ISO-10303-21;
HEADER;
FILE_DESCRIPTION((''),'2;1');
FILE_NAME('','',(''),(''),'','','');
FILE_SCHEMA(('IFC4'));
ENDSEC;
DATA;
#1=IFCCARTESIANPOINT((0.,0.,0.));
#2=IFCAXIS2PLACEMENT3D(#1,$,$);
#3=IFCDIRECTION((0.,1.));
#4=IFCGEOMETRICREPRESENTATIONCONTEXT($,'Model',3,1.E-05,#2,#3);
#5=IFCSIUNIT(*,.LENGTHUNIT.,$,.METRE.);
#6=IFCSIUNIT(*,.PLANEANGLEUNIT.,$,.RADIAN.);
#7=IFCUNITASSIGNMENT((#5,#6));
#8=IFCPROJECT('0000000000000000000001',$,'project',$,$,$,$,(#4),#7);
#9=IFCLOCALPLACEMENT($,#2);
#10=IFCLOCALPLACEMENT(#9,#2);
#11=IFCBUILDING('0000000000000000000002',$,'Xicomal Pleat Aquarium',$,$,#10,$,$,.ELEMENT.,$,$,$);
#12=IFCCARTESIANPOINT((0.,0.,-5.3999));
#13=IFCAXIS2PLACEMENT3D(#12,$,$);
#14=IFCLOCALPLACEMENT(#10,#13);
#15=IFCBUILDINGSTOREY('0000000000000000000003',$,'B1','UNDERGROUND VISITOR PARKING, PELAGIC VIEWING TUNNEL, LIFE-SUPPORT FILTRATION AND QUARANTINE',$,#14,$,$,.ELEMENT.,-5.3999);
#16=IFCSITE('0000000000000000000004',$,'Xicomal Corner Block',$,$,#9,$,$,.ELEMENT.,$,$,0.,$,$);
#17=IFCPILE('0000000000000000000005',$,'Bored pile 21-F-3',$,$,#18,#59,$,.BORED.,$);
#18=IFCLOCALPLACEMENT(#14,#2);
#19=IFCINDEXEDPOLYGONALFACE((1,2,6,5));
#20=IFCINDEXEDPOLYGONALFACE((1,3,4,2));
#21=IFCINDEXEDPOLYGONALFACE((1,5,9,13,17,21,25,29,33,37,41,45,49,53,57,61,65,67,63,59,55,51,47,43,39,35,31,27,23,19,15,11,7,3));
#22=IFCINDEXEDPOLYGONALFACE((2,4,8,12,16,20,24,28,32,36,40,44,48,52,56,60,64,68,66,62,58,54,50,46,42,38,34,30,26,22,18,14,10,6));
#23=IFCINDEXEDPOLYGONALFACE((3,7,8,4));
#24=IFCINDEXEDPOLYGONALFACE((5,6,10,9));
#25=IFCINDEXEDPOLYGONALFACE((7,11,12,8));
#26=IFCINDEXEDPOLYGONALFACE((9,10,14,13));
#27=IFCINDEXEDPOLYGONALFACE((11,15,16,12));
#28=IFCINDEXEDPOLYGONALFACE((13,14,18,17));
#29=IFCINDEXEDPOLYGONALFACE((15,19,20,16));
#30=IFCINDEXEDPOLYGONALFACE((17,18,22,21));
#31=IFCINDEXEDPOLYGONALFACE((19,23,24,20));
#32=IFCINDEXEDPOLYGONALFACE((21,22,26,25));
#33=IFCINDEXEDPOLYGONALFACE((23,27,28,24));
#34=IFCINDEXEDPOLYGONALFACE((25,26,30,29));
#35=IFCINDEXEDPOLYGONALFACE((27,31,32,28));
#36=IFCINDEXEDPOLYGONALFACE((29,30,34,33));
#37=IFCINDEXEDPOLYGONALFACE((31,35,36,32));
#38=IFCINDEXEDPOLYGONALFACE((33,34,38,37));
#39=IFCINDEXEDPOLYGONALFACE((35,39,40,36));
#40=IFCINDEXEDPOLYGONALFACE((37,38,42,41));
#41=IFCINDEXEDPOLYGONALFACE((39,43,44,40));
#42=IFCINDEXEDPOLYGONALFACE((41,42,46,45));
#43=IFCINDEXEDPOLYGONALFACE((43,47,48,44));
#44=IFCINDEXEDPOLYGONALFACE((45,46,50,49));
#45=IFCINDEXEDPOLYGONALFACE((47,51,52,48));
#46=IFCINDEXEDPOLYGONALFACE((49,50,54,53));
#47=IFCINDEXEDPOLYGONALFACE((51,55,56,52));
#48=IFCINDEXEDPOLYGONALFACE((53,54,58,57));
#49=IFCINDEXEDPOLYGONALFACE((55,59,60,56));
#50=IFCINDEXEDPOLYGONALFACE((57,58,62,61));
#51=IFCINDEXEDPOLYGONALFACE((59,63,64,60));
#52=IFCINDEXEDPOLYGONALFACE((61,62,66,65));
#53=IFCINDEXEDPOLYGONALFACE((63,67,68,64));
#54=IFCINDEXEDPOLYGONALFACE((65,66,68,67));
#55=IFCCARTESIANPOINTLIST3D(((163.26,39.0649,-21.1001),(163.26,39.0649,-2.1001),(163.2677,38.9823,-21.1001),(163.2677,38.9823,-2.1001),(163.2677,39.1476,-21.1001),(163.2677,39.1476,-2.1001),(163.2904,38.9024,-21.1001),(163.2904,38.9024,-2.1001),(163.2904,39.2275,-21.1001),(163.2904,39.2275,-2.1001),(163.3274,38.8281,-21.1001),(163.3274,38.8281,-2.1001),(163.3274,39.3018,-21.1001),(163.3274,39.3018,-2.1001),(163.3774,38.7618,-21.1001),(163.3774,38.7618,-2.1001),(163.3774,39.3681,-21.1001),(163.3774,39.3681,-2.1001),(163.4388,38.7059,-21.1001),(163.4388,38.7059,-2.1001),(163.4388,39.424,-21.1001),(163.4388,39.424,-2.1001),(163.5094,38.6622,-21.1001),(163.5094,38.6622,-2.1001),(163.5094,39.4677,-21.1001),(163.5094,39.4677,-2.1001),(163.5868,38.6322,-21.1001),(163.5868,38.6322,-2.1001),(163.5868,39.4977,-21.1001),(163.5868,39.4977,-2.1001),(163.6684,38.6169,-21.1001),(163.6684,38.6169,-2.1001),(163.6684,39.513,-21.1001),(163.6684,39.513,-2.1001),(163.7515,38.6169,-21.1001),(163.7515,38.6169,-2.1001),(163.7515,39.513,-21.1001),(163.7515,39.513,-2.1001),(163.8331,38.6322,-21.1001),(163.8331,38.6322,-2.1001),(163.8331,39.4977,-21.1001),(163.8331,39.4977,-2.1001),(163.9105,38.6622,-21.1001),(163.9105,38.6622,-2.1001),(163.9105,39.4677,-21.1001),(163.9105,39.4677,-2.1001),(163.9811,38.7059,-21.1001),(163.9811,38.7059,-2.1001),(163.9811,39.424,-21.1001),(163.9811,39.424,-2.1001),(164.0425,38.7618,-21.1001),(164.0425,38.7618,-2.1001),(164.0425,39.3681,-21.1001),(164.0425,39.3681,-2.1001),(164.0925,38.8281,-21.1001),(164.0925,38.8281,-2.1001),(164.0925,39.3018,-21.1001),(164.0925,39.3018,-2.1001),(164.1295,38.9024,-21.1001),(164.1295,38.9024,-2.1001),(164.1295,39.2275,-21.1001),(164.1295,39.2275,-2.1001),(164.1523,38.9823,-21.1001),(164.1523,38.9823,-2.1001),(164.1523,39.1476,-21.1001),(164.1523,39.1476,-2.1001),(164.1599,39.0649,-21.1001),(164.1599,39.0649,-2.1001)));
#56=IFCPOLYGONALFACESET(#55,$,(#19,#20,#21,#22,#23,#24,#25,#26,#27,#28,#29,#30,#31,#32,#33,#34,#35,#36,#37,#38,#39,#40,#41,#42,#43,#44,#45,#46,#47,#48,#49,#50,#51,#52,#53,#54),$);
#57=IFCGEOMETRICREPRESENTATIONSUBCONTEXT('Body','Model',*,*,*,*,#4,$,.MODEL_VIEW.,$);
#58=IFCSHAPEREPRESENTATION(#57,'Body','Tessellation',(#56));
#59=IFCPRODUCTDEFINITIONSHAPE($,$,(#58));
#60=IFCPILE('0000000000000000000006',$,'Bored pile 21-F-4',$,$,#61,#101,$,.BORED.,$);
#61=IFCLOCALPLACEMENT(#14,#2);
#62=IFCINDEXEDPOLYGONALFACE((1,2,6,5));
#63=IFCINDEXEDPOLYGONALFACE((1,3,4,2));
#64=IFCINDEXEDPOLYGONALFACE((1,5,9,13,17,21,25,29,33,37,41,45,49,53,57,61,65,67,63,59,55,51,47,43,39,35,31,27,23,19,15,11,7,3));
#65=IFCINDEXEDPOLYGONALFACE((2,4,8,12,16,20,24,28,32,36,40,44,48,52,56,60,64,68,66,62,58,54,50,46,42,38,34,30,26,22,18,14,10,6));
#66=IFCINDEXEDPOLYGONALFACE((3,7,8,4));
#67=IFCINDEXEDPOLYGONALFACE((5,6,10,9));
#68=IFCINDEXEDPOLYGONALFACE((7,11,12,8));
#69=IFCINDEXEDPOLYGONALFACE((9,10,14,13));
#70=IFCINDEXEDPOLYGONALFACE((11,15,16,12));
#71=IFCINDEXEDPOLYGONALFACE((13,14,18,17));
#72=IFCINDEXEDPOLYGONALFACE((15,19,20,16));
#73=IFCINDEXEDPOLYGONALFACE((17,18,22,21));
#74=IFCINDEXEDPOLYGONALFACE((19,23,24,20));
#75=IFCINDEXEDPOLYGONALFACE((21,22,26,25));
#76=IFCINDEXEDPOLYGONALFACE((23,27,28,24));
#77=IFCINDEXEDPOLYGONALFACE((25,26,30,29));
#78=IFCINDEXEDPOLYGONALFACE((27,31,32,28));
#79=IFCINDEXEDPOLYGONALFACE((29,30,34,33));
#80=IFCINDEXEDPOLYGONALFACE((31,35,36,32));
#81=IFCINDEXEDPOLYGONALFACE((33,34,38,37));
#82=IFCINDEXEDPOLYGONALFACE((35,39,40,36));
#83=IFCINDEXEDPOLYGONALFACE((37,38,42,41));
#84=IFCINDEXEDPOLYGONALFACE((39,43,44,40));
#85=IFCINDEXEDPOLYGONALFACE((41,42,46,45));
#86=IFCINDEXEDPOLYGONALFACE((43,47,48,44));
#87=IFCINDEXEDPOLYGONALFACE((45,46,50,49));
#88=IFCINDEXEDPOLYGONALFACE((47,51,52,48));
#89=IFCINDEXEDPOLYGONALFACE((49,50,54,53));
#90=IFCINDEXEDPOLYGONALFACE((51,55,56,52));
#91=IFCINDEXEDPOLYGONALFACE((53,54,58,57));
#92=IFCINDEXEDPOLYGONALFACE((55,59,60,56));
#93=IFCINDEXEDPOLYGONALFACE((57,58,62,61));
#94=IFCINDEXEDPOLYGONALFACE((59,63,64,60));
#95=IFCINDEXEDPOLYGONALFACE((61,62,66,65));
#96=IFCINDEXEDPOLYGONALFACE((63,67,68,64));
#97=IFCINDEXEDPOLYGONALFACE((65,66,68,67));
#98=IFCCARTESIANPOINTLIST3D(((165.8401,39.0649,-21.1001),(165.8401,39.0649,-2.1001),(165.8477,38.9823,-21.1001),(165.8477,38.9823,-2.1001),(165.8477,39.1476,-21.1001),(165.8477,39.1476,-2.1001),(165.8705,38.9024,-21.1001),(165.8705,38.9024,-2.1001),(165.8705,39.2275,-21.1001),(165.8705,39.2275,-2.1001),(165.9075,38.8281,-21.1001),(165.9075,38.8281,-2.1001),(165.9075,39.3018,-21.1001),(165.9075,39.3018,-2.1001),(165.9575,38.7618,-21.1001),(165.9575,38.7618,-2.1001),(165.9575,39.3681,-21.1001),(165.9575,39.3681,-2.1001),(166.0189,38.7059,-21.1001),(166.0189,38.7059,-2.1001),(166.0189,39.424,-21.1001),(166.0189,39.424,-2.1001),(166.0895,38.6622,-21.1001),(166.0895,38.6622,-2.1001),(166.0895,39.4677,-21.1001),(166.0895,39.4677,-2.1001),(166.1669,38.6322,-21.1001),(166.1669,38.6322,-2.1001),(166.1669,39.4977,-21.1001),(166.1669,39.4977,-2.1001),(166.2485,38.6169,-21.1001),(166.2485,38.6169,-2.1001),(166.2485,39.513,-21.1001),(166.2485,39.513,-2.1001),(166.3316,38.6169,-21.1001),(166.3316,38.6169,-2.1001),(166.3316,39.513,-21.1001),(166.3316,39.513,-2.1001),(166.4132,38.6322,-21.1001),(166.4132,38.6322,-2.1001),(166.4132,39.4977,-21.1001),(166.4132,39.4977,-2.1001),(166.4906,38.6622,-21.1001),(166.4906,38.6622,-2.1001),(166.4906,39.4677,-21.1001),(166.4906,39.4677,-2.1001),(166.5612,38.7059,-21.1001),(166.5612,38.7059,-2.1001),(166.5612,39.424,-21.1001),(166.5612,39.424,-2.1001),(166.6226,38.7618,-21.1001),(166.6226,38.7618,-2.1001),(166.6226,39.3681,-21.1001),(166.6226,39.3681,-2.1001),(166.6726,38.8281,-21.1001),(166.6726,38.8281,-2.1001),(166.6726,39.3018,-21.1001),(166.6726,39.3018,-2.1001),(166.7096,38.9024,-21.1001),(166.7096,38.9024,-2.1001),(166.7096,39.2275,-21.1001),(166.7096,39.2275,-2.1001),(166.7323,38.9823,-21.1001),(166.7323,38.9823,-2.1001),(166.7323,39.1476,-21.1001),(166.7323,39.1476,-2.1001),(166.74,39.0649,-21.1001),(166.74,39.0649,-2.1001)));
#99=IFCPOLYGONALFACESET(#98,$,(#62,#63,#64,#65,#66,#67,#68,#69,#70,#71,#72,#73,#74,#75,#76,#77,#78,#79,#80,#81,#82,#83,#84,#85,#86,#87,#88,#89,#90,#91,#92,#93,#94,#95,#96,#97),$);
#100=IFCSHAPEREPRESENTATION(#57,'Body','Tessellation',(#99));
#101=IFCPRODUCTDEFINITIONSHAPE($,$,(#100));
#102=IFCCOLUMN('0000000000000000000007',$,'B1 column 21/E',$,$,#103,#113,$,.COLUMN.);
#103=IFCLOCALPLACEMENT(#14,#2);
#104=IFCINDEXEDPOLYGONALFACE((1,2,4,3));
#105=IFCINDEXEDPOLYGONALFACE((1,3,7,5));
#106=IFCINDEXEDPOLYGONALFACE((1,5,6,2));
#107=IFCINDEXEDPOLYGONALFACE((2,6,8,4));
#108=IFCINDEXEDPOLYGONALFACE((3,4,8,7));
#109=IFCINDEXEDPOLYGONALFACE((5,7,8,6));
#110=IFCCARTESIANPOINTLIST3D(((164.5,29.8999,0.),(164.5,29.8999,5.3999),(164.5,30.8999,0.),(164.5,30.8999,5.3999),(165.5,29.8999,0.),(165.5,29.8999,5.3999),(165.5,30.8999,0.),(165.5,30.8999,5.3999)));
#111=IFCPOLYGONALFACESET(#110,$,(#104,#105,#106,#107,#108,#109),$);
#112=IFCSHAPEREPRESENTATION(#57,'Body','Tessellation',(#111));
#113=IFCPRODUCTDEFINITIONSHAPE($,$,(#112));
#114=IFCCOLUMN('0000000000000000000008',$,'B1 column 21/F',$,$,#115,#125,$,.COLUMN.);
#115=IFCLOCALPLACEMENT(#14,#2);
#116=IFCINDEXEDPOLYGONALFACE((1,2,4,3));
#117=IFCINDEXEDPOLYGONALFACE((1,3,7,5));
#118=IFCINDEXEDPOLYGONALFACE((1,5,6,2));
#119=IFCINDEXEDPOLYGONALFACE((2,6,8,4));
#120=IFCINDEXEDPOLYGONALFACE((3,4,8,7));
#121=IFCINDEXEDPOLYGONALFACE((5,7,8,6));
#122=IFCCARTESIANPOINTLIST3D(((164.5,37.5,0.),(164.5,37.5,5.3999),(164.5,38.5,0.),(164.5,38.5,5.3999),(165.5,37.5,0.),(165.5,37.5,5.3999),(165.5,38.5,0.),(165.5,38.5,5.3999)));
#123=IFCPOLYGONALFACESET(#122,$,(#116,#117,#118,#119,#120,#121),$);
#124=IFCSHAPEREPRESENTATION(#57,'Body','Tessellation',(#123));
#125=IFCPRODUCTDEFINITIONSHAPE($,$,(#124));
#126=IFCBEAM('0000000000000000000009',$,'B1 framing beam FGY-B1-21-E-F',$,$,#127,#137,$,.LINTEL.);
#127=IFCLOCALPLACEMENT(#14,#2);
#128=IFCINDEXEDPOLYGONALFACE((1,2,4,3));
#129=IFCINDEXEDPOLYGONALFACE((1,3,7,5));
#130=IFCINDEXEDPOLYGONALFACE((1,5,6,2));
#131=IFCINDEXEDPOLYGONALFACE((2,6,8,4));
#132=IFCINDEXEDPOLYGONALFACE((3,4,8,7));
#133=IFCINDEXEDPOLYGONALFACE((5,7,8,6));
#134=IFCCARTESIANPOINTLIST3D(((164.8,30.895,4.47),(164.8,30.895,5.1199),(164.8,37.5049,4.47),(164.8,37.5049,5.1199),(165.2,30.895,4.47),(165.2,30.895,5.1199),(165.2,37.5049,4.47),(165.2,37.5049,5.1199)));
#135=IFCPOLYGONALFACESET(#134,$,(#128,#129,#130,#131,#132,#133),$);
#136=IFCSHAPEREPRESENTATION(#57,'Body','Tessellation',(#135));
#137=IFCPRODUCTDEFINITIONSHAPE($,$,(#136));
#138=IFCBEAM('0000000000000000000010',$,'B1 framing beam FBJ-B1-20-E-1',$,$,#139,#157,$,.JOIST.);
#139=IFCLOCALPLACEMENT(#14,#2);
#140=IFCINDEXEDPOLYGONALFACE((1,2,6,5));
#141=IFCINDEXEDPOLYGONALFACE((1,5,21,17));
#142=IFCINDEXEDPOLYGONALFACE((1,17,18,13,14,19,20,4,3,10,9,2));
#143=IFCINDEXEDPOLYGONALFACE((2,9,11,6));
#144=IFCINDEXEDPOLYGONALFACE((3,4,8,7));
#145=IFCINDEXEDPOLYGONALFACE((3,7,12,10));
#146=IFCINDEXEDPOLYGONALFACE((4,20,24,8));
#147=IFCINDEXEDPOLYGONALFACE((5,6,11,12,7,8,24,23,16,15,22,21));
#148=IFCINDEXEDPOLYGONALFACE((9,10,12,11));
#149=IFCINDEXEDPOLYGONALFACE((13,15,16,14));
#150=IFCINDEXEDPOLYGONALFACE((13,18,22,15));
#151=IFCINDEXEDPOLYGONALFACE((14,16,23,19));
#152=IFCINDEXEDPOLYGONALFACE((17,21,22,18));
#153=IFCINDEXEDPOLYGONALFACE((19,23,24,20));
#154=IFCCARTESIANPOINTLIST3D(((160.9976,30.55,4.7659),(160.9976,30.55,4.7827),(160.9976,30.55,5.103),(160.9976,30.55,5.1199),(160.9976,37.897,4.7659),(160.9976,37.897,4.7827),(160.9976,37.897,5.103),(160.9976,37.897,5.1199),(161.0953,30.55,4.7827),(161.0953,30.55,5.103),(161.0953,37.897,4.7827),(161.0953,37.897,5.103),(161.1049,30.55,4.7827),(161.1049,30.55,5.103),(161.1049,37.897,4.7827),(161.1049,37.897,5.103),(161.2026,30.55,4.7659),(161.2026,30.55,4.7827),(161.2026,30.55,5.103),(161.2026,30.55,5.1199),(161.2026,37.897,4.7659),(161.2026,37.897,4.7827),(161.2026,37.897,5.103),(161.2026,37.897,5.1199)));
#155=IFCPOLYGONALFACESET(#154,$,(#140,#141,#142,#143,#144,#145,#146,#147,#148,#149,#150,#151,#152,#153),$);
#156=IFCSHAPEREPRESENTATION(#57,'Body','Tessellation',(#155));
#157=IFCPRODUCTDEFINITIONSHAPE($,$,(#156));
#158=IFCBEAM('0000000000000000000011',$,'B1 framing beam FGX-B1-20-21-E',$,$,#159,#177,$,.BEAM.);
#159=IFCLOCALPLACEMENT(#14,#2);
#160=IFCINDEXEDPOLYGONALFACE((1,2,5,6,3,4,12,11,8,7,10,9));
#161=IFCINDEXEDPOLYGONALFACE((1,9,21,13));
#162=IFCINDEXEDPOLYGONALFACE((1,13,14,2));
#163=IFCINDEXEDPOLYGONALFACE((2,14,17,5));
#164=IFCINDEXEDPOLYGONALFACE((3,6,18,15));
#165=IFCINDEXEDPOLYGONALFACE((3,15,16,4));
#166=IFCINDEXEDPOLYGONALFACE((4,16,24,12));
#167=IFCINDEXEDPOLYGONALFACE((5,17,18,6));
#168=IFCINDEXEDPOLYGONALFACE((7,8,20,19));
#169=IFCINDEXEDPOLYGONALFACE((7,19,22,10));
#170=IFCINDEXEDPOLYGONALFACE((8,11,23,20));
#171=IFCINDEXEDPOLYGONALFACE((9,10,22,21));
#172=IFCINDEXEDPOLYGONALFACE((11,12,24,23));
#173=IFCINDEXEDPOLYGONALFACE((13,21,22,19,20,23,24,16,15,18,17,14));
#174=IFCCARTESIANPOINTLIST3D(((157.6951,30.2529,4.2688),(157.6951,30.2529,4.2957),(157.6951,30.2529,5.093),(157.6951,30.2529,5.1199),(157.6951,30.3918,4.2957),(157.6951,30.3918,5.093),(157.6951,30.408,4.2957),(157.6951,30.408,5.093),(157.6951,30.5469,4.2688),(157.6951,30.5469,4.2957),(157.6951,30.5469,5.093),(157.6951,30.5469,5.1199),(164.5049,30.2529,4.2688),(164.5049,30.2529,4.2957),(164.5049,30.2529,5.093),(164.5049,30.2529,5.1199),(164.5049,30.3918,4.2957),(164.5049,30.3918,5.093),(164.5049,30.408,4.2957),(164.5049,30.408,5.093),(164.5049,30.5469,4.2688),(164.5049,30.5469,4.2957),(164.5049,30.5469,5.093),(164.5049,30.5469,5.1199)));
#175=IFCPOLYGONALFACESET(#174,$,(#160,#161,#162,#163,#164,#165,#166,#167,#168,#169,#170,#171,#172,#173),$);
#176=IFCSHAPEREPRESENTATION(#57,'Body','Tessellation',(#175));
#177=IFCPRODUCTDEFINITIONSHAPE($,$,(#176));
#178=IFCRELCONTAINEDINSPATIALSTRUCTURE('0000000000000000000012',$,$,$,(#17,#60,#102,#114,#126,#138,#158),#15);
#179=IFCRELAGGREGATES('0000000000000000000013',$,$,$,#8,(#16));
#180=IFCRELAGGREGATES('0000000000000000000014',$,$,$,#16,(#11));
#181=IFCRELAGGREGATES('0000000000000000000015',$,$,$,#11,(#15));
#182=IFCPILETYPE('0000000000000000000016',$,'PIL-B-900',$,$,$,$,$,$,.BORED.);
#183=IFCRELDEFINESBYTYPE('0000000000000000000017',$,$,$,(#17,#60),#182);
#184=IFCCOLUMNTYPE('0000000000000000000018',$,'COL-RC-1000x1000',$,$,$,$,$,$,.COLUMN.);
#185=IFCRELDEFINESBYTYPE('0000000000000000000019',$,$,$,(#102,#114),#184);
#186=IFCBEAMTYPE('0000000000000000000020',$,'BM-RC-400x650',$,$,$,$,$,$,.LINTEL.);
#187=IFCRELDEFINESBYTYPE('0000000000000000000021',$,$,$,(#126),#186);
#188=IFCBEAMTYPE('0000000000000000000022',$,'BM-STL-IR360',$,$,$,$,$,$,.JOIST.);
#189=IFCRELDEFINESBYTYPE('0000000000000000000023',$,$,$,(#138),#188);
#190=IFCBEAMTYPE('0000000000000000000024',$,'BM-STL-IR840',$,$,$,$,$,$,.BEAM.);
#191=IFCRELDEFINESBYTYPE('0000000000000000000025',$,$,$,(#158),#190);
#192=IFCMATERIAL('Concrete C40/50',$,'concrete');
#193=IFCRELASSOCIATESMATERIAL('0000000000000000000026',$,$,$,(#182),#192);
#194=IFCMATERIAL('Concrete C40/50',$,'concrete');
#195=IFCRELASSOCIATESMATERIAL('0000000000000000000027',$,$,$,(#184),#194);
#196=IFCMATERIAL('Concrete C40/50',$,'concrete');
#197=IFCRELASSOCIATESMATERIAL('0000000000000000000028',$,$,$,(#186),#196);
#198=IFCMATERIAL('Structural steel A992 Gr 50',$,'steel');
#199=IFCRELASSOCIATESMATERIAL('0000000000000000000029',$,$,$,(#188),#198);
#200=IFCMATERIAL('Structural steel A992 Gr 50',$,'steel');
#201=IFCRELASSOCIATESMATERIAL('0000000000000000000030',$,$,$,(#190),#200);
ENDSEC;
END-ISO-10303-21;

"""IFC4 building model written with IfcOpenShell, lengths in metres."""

from ifc_helpers import new_model, si_unit, direction, frame, origin, origin_2d, place, context, subcontext, project, spatial, rectangle, circle, i_section, extrude, material, material_profile, profile_set, type_object, element, save


model = new_model("IFC4")

# Units and contexts
model_context = context("Model", 3, precision=1e-05, world=origin(), true_north=direction((0.0, 1.0)))
body_context = subcontext(model_context, "Body", "Model", "MODEL_VIEW")
ifc_project = project(units=[si_unit("LENGTHUNIT", "METRE"), si_unit("PLANEANGLEUNIT", "RADIAN")], contexts=[model_context])

# Site, building, storey
site_placement = place(None, origin())
site = spatial("IfcSite", under=ifc_project, at=site_placement, Name="Xicomal Corner Block", CompositionType="ELEMENT", RefElevation=0.0)
building_placement = place(site_placement, origin())
building = spatial("IfcBuilding", under=site, at=building_placement, Name="Xicomal Pleat Aquarium", CompositionType="ELEMENT")
storey_placement = place(building_placement, frame((0.0, 0.0, -5.3999)))
storey = spatial("IfcBuildingStorey", under=building, at=storey_placement, Name="B1", Description="UNDERGROUND VISITOR PARKING, PELAGIC VIEWING TUNNEL, LIFE-SUPPORT FILTRATION AND QUARANTINE", CompositionType="ELEMENT", Elevation=-5.3999)

# Piles
ifc_material_1 = material(Name="Concrete C40/50", Category="concrete")
ifc_material_profile_1 = material_profile(ifc_material_1, circle(Radius=0.45, at=origin_2d()), Name="BORED PILE D900")
ifc_profile_set_1 = profile_set([ifc_material_profile_1], Name="Concrete C40/50")
pile_type_1 = type_object("IfcPileType", Name="PIL-B-900", PredefinedType="BORED", material=ifc_profile_set_1)
for number, where, z_axis, x_axis, name in (
    (1, (163.71, 39.0649, -2.1001), (0.0, 0.0, -1.0), (1.0, 0.0, 0.0), "Bored pile 21-F-3"),
    (2, (166.29, 39.0649, -2.1001), (0.0, 0.0, -1.0), (1.0, 0.0, 0.0), "Bored pile 21-F-4"),
):
    element("IfcPile", number, at=place(storey_placement, frame(where, z_axis=z_axis, x_axis=x_axis)), inside=storey, type_object=pile_type_1, Name=name, PredefinedType="BORED", context=body_context, shape_type="SweptSolid", body=[
        extrude(circle(Radius=0.45, at=origin_2d()), origin(), (0.0, 0.0, 1.0), 19.0),
    ])

# Columns
ifc_material_2 = material(Name="Concrete C40/50", Category="concrete")
ifc_material_profile_2 = material_profile(ifc_material_2, rectangle(XDim=1.0, YDim=1.0, at=origin_2d()), Name="RC 1000x1000")
ifc_profile_set_2 = profile_set([ifc_material_profile_2], Name="Concrete C40/50")
column_type = type_object("IfcColumnType", Name="COL-RC-1000x1000", PredefinedType="COLUMN", material=ifc_profile_set_2)
for number, where, z_axis, x_axis, name in (
    (3, (165.0, 30.3999, 0.0), (0.0, 0.0, 1.0), (1.0, 0.0, 0.0), "B1 column 21/E"),
    (4, (165.0, 38.0, 0.0), (0.0, 0.0, 1.0), (1.0, 0.0, 0.0), "B1 column 21/F"),
):
    element("IfcColumn", number, at=place(storey_placement, frame(where, z_axis=z_axis, x_axis=x_axis)), inside=storey, type_object=column_type, Name=name, PredefinedType="COLUMN", context=body_context, shape_type="SweptSolid", body=[
        extrude(rectangle(XDim=1.0, YDim=1.0, at=origin_2d()), origin(), (0.0, 0.0, 1.0), 5.3999),
    ])

# Beams
ifc_material_3 = material(Name="Concrete C40/50", Category="concrete")
ifc_material_profile_3 = material_profile(ifc_material_3, rectangle(XDim=0.3999, YDim=0.6499, at=origin_2d()), Name="RC 400x650")
ifc_profile_set_3 = profile_set([ifc_material_profile_3], Name="Concrete C40/50")
beam_type_1 = type_object("IfcBeamType", Name="BM-RC-400x650", PredefinedType="LINTEL", material=ifc_profile_set_3)
beam_1_placement = place(storey_placement, frame((165.0, 30.895, 4.7949), z_axis=(0.0, 1.0, 0.0), x_axis=(-1.0, 0.0, 0.0)))
element("IfcBeam", 5, at=beam_1_placement, inside=storey, type_object=beam_type_1, Name="B1 framing beam FGY-B1-21-E-F", PredefinedType="LINTEL", context=body_context, shape_type="SweptSolid", body=[
    extrude(rectangle(XDim=0.3999, YDim=0.6499, at=origin_2d()), origin(), (0.0, 0.0, 1.0), 6.6099),
])
ifc_material_4 = material(Name="Structural steel A992 Gr 50", Category="steel")
ifc_material_profile_4 = material_profile(ifc_material_4, i_section(OverallWidth=0.2051, OverallDepth=0.354, WebThickness=0.0095, FlangeThickness=0.0168, at=origin_2d()), Name="IR 360x79")
ifc_profile_set_4 = profile_set([ifc_material_profile_4], Name="Structural steel A992 Gr 50")
beam_type_2 = type_object("IfcBeamType", Name="BM-STL-IR360", PredefinedType="JOIST", material=ifc_profile_set_4)
beam_2_placement = place(storey_placement, frame((161.1001, 30.55, 4.9429), z_axis=(0.0, 1.0, 0.0), x_axis=(-1.0, 0.0, 0.0)))
element("IfcBeam", 6, at=beam_2_placement, inside=storey, type_object=beam_type_2, Name="B1 framing beam FBJ-B1-20-E-1", PredefinedType="JOIST", context=body_context, shape_type="SweptSolid", body=[
    extrude(i_section(OverallWidth=0.2051, OverallDepth=0.354, WebThickness=0.0095, FlangeThickness=0.0168, at=origin_2d()), origin(), (0.0, 0.0, 1.0), 7.3469),
])
ifc_material_5 = material(Name="Structural steel A992 Gr 50", Category="steel")
ifc_material_profile_5 = material_profile(ifc_material_5, i_section(OverallWidth=0.2939, OverallDepth=0.8511, WebThickness=0.0161, FlangeThickness=0.0269, at=origin_2d()), Name="IR 840x226")
ifc_profile_set_5 = profile_set([ifc_material_profile_5], Name="Structural steel A992 Gr 50")
beam_type_3 = type_object("IfcBeamType", Name="BM-STL-IR840", PredefinedType="BEAM", material=ifc_profile_set_5)
beam_3_placement = place(storey_placement, frame((157.6951, 30.3999, 4.6943), z_axis=(1.0, 0.0, 0.0), x_axis=(0.0, 1.0, 0.0)))
element("IfcBeam", 7, at=beam_3_placement, inside=storey, type_object=beam_type_3, Name="B1 framing beam FGX-B1-20-21-E", PredefinedType="BEAM", context=body_context, shape_type="SweptSolid", body=[
    extrude(i_section(OverallWidth=0.2939, OverallDepth=0.8511, WebThickness=0.0161, FlangeThickness=0.0269, at=origin_2d()), origin(), (0.0, 0.0, 1.0), 6.8098),
])

save(model, "model.ifc")
